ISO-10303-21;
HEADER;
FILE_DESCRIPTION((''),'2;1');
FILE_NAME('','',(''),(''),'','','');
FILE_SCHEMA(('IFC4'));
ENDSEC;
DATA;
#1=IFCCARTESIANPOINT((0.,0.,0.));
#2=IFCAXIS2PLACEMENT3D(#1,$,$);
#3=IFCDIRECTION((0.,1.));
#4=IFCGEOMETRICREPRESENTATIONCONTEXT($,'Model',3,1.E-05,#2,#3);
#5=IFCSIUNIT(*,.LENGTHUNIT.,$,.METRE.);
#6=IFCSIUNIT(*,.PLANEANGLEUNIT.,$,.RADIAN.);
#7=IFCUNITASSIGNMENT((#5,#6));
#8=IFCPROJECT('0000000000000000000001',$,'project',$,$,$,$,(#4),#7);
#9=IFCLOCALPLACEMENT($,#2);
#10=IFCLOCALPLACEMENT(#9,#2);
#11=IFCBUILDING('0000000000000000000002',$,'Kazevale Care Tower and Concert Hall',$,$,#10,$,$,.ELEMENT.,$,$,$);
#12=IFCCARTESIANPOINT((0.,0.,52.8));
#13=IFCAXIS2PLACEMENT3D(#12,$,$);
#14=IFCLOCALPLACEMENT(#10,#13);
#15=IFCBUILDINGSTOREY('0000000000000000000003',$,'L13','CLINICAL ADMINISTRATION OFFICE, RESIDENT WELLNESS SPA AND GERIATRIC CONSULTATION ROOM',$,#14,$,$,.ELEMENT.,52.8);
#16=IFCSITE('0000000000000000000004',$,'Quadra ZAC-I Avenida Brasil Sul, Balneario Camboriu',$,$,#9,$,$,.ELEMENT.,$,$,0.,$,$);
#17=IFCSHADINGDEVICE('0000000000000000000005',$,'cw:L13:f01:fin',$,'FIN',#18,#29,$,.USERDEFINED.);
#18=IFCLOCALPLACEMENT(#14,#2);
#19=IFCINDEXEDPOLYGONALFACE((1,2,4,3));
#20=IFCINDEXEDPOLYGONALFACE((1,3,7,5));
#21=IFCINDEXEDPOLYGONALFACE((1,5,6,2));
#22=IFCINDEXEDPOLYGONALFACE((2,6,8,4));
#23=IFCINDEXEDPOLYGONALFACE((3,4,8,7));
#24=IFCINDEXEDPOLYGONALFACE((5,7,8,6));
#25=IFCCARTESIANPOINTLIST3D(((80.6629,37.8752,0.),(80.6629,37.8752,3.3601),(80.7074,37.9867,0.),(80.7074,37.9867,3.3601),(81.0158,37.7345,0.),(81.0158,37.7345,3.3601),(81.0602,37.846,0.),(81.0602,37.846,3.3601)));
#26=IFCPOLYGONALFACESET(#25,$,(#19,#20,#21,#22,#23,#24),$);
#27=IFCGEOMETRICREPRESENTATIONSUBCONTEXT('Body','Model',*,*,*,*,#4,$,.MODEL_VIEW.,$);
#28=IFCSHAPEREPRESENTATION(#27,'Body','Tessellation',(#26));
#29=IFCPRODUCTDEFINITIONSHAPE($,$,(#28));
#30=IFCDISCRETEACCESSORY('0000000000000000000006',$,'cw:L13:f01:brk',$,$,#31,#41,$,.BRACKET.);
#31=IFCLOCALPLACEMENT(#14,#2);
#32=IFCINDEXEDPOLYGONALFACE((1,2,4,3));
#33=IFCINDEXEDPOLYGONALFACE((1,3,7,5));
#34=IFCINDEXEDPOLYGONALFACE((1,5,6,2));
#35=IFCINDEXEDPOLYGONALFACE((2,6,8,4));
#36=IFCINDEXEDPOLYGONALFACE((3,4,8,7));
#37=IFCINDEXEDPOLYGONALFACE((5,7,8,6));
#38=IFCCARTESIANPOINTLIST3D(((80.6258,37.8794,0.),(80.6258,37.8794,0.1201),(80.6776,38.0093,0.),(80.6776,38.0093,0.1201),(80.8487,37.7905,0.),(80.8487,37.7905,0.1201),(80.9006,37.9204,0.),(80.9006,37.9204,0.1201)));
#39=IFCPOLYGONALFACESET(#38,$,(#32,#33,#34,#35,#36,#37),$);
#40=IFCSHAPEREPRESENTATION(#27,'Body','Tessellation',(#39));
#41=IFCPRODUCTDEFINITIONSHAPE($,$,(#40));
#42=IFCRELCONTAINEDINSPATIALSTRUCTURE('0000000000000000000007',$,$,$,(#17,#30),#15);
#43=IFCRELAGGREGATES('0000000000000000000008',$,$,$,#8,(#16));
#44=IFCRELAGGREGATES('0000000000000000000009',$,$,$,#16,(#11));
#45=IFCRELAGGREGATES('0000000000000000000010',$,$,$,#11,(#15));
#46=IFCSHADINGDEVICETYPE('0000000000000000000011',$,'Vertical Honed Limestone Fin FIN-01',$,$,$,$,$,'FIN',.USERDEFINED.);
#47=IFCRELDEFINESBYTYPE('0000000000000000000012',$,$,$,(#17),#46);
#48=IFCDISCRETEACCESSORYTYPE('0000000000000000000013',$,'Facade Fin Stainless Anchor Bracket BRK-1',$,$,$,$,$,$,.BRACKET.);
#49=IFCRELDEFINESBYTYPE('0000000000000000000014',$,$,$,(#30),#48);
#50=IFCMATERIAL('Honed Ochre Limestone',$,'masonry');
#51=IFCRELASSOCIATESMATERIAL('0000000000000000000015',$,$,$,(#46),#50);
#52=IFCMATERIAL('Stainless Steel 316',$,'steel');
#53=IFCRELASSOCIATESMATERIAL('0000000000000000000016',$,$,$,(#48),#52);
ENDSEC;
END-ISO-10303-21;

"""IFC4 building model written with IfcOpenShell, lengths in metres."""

from ifc_helpers import new_model, si_unit, direction, frame, origin, origin_2d, place, context, subcontext, project, spatial, rectangle, extrude, material, type_object, element, save


model = new_model("IFC4")

# Units and contexts
model_context = context("Model", 3, precision=1e-05, world=origin(), true_north=direction((0.0, 1.0)))
body_context = subcontext(model_context, "Body", "Model", "MODEL_VIEW")
ifc_project = project(units=[si_unit("LENGTHUNIT", "METRE"), si_unit("PLANEANGLEUNIT", "RADIAN")], contexts=[model_context])

# Site, building, storey
site_placement = place(None, origin())
site = spatial("IfcSite", under=ifc_project, at=site_placement, Name="Quadra ZAC-I Avenida Brasil Sul, Balneario Camboriu", CompositionType="ELEMENT", RefElevation=0.0)
building_placement = place(site_placement, origin())
building = spatial("IfcBuilding", under=site, at=building_placement, Name="Kazevale Care Tower and Concert Hall", CompositionType="ELEMENT")
storey_placement = place(building_placement, frame((0.0, 0.0, 52.8)))
storey = spatial("IfcBuildingStorey", under=building, at=storey_placement, Name="L13", Description="CLINICAL ADMINISTRATION OFFICE, RESIDENT WELLNESS SPA AND GERIATRIC CONSULTATION ROOM", CompositionType="ELEMENT", Elevation=52.8)

# Shading device
ifc_material_1 = material(Name="Honed Ochre Limestone", Category="masonry")
shading_device_type = type_object("IfcShadingDeviceType", Name="Vertical Honed Limestone Fin FIN-01", ElementType="FIN", PredefinedType="USERDEFINED", material=ifc_material_1)
shading_device_placement = place(storey_placement, frame((80.8616, 37.8606, 0.0), z_axis=(0.0, 0.0, 1.0), x_axis=(0.928874, -0.370395, 0.0)))
element("IfcShadingDevice", 1, at=shading_device_placement, inside=storey, type_object=shading_device_type, Name="cw:L13:f01:fin", ObjectType="FIN", PredefinedType="USERDEFINED", context=body_context, shape_type="SweptSolid", body=[
    extrude(rectangle(XDim=0.3799, YDim=0.1201, at=origin_2d()), origin(), (0.0, 0.0, 1.0), 3.3601),
])

# Discrete accessory
ifc_material_2 = material(Name="Stainless Steel 316", Category="steel")
discrete_accessory_type = type_object("IfcDiscreteAccessoryType", Name="Facade Fin Stainless Anchor Bracket BRK-1", PredefinedType="BRACKET", material=ifc_material_2)
discrete_accessory_placement = place(storey_placement, frame((80.7632, 37.8999, 0.0), z_axis=(0.0, 0.0, 1.0), x_axis=(0.928874, -0.370395, 0.0)))
element("IfcDiscreteAccessory", 2, at=discrete_accessory_placement, inside=storey, type_object=discrete_accessory_type, Name="cw:L13:f01:brk", PredefinedType="BRACKET", context=body_context, shape_type="SweptSolid", body=[
    extrude(rectangle(XDim=0.24, YDim=0.1399, at=origin_2d()), origin(), (0.0, 0.0, 1.0), 0.1201),
])

save(model, "model.ifc")
